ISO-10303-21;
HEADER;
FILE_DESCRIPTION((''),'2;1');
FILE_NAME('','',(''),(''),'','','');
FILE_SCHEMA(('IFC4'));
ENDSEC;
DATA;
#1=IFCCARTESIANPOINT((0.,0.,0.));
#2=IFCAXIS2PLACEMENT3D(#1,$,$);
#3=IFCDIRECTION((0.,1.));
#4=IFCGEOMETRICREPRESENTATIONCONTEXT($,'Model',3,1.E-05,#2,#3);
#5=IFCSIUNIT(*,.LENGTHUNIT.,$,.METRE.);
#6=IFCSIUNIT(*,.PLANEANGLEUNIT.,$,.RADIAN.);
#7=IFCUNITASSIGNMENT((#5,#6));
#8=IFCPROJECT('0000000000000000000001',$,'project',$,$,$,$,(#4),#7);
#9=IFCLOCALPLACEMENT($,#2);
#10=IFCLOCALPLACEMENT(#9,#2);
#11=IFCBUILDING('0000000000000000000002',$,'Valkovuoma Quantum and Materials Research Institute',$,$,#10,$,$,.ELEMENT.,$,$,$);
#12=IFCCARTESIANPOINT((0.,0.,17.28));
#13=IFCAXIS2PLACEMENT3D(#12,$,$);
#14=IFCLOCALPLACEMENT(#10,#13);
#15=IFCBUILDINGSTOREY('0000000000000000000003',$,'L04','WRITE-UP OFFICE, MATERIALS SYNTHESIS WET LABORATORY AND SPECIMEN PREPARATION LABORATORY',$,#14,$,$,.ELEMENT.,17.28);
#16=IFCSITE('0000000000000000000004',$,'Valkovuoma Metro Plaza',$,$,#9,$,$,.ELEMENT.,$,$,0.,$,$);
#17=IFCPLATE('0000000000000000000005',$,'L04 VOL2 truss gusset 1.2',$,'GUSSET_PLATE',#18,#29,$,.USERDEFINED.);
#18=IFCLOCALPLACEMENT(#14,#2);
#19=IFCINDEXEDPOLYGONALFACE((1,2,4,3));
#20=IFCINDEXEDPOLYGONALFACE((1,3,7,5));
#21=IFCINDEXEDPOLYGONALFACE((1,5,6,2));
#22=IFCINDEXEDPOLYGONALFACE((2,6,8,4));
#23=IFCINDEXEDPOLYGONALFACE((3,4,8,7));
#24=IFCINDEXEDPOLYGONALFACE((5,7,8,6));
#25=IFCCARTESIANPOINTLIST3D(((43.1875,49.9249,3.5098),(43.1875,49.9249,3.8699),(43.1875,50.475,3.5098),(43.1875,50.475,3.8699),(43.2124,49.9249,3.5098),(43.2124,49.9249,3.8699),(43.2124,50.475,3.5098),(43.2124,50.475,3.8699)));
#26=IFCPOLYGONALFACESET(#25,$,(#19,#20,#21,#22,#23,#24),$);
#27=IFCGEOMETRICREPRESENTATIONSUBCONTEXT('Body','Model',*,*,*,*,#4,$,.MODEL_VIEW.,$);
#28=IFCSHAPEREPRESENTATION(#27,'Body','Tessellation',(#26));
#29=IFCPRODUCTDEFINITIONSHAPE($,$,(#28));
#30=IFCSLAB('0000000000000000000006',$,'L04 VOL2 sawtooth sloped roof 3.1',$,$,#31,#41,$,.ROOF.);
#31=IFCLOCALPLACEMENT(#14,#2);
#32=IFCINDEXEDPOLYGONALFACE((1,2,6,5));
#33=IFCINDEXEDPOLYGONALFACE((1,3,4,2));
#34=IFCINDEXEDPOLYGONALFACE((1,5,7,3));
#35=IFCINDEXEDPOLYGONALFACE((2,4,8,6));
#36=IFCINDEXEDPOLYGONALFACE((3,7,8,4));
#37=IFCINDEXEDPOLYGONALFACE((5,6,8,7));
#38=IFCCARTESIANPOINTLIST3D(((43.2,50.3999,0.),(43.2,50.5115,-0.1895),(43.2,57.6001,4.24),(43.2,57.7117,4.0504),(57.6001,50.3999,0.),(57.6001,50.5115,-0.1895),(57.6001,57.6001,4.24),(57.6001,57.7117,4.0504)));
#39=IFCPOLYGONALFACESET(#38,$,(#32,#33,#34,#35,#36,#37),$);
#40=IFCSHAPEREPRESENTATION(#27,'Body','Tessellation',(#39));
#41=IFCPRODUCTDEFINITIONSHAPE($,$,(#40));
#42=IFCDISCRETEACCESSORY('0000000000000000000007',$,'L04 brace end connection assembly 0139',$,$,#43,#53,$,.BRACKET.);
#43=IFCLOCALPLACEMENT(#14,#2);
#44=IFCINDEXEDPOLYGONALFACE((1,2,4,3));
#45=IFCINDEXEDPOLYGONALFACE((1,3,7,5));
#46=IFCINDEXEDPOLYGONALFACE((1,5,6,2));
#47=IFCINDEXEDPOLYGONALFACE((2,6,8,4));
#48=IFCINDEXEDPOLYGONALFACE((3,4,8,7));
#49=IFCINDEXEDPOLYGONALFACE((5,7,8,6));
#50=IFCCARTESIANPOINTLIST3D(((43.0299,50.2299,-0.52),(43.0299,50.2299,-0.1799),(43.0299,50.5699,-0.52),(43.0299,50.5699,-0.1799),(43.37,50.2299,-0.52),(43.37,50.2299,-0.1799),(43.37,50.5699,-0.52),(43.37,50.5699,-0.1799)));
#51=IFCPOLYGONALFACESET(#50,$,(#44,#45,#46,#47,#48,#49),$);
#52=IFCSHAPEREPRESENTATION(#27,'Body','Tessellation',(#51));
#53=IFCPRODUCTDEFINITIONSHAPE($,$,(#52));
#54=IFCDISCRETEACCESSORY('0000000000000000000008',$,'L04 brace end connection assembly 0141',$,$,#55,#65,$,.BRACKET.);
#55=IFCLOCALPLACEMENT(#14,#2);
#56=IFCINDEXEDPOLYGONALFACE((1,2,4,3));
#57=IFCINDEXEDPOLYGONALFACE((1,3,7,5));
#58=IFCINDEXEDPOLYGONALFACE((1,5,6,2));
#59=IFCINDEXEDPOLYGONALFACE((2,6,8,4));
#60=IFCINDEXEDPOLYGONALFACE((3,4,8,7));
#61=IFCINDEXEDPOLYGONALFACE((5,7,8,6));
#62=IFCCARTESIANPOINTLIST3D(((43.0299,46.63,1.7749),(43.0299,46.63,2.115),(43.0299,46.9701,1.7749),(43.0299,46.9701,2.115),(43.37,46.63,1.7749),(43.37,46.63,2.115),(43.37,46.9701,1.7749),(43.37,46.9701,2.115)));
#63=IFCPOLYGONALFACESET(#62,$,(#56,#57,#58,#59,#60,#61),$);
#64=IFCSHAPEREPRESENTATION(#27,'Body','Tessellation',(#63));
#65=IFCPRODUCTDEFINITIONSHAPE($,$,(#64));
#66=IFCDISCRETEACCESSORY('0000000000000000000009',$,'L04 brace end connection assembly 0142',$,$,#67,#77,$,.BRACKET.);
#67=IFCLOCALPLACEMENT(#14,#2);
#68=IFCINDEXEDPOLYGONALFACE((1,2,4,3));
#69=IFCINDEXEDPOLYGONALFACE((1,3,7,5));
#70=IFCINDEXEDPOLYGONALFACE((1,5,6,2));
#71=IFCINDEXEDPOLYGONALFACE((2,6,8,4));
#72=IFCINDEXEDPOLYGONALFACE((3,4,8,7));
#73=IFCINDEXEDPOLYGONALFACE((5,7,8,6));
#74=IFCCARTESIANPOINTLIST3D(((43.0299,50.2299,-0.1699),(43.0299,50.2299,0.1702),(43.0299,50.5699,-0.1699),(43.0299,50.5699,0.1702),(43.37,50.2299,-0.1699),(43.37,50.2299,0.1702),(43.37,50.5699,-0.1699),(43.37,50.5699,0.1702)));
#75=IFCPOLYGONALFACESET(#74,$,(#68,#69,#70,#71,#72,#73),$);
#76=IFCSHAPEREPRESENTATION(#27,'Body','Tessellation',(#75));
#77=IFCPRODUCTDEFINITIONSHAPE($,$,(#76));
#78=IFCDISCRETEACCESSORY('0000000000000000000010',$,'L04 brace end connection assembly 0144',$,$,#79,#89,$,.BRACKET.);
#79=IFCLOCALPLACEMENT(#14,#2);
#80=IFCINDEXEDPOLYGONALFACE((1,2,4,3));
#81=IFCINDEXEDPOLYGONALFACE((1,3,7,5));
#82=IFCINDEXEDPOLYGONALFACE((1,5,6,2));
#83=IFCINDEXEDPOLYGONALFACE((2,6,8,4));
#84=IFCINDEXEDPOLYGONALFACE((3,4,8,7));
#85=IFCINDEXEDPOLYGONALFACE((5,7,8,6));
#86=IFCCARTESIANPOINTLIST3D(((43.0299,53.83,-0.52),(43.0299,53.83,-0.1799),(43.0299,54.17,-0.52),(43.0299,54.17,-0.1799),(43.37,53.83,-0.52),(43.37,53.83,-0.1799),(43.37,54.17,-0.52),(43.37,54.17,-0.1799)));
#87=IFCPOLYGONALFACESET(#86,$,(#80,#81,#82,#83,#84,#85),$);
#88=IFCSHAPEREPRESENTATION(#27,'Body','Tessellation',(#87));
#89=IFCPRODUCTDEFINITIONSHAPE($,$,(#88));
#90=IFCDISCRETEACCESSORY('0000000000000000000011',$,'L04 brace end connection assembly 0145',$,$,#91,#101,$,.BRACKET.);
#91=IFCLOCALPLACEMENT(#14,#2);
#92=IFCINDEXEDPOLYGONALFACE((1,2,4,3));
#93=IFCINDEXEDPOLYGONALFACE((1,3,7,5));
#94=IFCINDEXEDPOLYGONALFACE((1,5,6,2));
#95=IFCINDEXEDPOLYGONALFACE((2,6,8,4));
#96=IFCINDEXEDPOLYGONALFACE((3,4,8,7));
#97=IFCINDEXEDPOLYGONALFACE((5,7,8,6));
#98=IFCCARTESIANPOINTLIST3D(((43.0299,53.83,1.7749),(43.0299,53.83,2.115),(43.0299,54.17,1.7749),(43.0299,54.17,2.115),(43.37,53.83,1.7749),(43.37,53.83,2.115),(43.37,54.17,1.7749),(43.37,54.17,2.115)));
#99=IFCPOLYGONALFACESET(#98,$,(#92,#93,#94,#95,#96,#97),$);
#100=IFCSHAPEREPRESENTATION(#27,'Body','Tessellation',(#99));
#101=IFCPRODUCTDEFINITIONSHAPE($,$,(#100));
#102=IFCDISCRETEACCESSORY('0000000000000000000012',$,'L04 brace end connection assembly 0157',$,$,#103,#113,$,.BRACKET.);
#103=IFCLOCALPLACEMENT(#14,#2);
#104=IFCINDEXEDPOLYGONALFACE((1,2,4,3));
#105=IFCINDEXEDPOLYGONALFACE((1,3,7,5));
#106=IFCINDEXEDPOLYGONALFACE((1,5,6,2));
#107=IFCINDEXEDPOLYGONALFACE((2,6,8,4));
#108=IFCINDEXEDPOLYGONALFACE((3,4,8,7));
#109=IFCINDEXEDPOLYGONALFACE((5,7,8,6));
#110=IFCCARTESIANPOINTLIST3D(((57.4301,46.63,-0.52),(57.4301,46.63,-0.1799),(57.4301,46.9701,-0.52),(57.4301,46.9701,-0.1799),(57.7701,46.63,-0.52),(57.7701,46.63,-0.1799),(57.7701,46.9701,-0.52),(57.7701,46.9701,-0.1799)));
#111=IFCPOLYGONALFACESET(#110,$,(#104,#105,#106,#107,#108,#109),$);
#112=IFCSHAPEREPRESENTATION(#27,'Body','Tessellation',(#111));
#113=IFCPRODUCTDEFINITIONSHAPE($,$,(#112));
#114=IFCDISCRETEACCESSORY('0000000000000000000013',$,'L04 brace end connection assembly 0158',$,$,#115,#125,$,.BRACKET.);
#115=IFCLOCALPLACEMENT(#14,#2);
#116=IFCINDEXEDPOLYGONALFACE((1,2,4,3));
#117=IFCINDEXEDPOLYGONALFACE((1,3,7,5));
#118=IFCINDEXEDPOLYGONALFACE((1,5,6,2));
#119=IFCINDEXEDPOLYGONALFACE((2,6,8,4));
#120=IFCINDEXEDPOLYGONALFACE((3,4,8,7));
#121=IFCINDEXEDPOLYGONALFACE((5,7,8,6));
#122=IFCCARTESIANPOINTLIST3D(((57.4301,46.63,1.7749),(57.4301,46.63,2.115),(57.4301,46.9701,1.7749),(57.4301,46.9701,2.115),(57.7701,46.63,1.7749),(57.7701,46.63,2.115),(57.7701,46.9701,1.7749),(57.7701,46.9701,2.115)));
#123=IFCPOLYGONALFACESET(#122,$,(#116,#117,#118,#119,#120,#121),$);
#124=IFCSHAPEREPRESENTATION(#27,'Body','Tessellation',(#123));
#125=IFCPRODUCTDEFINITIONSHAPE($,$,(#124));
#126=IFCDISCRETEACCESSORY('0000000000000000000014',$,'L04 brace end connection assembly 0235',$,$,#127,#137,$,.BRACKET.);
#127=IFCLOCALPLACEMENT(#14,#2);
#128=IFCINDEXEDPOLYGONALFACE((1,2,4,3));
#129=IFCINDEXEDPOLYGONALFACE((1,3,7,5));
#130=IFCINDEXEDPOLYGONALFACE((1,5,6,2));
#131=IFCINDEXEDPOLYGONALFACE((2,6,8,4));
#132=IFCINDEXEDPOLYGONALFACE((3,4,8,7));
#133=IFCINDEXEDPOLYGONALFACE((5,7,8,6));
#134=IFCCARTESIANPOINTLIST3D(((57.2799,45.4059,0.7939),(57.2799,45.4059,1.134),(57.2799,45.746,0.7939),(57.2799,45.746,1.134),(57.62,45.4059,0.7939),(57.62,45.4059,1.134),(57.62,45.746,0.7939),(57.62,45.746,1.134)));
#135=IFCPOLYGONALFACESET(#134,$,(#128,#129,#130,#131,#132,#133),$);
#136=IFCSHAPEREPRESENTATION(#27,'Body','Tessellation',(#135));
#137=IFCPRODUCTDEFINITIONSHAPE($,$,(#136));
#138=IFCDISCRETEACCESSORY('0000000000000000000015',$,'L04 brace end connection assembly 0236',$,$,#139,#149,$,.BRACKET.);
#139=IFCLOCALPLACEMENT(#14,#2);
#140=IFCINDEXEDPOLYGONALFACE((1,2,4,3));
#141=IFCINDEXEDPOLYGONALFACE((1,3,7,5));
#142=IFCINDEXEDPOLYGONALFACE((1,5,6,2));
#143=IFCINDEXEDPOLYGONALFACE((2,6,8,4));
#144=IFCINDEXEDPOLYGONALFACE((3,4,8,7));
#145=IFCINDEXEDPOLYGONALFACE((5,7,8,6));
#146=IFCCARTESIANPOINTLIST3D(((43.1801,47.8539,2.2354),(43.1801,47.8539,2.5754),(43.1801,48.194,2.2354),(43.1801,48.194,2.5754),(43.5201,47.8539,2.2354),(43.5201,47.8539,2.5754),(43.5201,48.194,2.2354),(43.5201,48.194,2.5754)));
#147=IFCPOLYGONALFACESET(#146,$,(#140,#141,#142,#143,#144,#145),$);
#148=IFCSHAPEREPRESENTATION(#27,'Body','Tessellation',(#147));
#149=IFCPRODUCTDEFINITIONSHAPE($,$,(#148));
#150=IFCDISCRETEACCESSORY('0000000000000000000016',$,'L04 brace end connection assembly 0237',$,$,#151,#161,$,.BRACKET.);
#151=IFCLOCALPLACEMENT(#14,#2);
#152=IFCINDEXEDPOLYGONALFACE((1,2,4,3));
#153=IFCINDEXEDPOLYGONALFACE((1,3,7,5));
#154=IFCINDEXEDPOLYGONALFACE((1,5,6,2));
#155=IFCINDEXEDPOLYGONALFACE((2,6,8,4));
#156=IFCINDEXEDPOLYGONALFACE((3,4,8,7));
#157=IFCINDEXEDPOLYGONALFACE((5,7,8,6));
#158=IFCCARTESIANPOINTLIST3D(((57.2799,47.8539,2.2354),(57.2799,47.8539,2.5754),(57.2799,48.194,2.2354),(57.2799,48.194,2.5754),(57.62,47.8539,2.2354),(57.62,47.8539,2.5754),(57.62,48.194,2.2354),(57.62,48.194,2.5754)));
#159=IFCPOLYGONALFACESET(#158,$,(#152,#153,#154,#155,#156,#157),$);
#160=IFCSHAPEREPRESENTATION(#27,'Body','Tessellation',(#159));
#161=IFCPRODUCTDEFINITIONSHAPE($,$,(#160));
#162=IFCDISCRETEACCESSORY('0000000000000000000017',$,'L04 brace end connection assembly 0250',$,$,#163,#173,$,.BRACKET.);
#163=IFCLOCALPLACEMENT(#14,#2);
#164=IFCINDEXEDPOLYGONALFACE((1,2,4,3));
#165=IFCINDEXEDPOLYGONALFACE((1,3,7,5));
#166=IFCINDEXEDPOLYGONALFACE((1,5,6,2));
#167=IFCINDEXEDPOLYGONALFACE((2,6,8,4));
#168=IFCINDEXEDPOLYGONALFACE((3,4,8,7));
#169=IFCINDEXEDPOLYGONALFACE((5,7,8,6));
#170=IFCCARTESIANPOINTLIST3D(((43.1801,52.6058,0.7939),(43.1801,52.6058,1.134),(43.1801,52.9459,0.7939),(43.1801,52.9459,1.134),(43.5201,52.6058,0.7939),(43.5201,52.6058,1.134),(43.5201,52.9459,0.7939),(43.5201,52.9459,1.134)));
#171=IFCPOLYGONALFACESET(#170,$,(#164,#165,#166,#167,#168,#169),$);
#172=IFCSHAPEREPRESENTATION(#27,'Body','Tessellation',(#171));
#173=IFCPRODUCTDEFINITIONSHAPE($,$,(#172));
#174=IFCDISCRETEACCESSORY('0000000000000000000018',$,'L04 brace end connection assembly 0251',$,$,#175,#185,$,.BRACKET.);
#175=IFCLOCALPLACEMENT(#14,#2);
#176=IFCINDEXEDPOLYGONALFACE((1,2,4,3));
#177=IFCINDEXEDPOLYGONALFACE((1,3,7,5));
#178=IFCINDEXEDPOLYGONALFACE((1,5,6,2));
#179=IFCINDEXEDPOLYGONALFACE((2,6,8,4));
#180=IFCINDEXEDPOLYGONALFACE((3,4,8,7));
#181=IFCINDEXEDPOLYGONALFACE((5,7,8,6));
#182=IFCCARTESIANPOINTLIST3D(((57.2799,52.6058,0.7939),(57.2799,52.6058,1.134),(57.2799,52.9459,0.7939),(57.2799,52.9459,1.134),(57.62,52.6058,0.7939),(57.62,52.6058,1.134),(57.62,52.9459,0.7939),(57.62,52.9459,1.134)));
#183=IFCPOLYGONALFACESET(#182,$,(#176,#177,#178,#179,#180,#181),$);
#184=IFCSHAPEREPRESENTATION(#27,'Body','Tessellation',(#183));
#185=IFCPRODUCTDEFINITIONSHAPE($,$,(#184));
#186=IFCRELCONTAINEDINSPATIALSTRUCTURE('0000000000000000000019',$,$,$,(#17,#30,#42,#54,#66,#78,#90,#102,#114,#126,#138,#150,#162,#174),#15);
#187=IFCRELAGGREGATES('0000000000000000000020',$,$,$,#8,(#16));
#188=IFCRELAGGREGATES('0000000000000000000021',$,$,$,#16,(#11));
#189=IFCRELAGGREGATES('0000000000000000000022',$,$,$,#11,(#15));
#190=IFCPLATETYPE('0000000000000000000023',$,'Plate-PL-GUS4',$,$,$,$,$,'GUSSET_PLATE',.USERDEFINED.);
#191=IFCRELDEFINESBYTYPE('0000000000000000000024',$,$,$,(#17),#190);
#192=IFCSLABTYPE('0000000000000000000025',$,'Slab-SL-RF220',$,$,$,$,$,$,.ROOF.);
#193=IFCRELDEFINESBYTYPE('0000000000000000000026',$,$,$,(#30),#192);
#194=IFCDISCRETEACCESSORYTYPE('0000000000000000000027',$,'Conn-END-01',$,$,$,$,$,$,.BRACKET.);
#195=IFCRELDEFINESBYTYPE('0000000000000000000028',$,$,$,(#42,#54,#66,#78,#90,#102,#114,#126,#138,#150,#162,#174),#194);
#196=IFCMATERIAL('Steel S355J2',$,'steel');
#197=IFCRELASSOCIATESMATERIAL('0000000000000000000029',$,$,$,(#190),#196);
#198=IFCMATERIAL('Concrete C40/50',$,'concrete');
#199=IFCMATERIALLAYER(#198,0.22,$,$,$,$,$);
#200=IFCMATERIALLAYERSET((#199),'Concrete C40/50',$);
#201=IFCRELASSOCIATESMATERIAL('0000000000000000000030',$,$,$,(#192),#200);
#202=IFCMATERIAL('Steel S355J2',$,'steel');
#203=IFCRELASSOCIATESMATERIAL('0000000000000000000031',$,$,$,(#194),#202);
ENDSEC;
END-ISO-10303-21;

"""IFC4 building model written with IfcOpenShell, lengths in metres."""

from ifc_helpers import new_model, si_unit, direction, frame, origin, origin_2d, place, context, subcontext, project, spatial, polyline, rectangle, outline, extrude, material, layer, layer_set, type_object, element, save


model = new_model("IFC4")

# Units and contexts
model_context = context("Model", 3, precision=1e-05, world=origin(), true_north=direction((0.0, 1.0)))
body_context = subcontext(model_context, "Body", "Model", "MODEL_VIEW")
ifc_project = project(units=[si_unit("LENGTHUNIT", "METRE"), si_unit("PLANEANGLEUNIT", "RADIAN")], contexts=[model_context])

# Site, building, storey
site_placement = place(None, origin())
site = spatial("IfcSite", under=ifc_project, at=site_placement, Name="Valkovuoma Metro Plaza", CompositionType="ELEMENT", RefElevation=0.0)
building_placement = place(site_placement, origin())
building = spatial("IfcBuilding", under=site, at=building_placement, Name="Valkovuoma Quantum and Materials Research Institute", CompositionType="ELEMENT")
storey_placement = place(building_placement, frame((0.0, 0.0, 17.28)))
storey = spatial("IfcBuildingStorey", under=building, at=storey_placement, Name="L04", Description="WRITE-UP OFFICE, MATERIALS SYNTHESIS WET LABORATORY AND SPECIMEN PREPARATION LABORATORY", CompositionType="ELEMENT", Elevation=17.28)

# Plate
ifc_material_1 = material(Name="Steel S355J2", Category="steel")
plate_type_1 = type_object("IfcPlateType", Name="Plate-PL-GUS4", ElementType="GUSSET_PLATE", PredefinedType="USERDEFINED", material=ifc_material_1)
plate_1_placement = place(storey_placement, frame((43.2, 50.2, 3.5098), z_axis=(0.0, 0.0, 1.0), x_axis=(0.0, 1.0, 0.0)))
element("IfcPlate", 1, at=plate_1_placement, inside=storey, type_object=plate_type_1, Name="L04 VOL2 truss gusset 1.2", ObjectType="GUSSET_PLATE", PredefinedType="USERDEFINED", context=body_context, shape_type="SweptSolid", body=[
    extrude(rectangle(XDim=0.55, YDim=0.0249, at=origin_2d()), origin(), (0.0, 0.0, 1.0), 0.3601),
])

# Slab
ifc_material_2 = material(Name="Concrete C40/50", Category="concrete")
ifc_layer = layer(ifc_material_2, 0.22)
ifc_layer_set = layer_set([ifc_layer], Name="Concrete C40/50")
slab_type = type_object("IfcSlabType", Name="Slab-SL-RF220", PredefinedType="ROOF", material=ifc_layer_set)
slab_placement = place(storey_placement, frame((43.2, 50.3999, 0.0), z_axis=(0.0, -0.507427, 0.861695), x_axis=(1.0, 0.0, 0.0)))
element("IfcSlab", 2, at=slab_placement, inside=storey, type_object=slab_type, Name="L04 VOL2 sawtooth sloped roof 3.1", PredefinedType="ROOF", context=body_context, shape_type="SweptSolid", body=[
    extrude(outline(polyline([(0.0, 0.0), (14.4001, 0.0), (14.4001, 8.3559), (0.0, 8.3559), (0.0, 0.0)])), origin(), (0.0, 0.0, -1.0), 0.22),
])

# Discrete accessories
ifc_material_3 = material(Name="Steel S355J2", Category="steel")
discrete_accessory_type = type_object("IfcDiscreteAccessoryType", Name="Conn-END-01", PredefinedType="BRACKET", material=ifc_material_3)
for number, where, z_axis, x_axis, name in (
    (3, (43.2, 50.3999, -0.52), (0.0, 0.0, 1.0), (1.0, 0.0, 0.0), "L04 brace end connection assembly 0139"),
    (4, (43.2, 46.8, 1.7749), (0.0, 0.0, 1.0), (1.0, 0.0, 0.0), "L04 brace end connection assembly 0141"),
    (5, (43.2, 50.3999, -0.1699), (0.0, 0.0, 1.0), (1.0, 0.0, 0.0), "L04 brace end connection assembly 0142"),
    (6, (43.2, 54.0, -0.52), (0.0, 0.0, 1.0), (1.0, 0.0, 0.0), "L04 brace end connection assembly 0144"),
    (7, (43.2, 54.0, 1.7749), (0.0, 0.0, 1.0), (1.0, 0.0, 0.0), "L04 brace end connection assembly 0145"),
    (8, (57.6001, 46.8, -0.52), (0.0, 0.0, 1.0), (1.0, 0.0, 0.0), "L04 brace end connection assembly 0157"),
    (9, (57.6001, 46.8, 1.7749), (0.0, 0.0, 1.0), (1.0, 0.0, 0.0), "L04 brace end connection assembly 0158"),
    (10, (57.45, 45.5759, 0.7939), (0.0, 0.0, 1.0), (1.0, 0.0, 0.0), "L04 brace end connection assembly 0235"),
    (11, (43.3501, 48.0239, 2.2354), (0.0, 0.0, 1.0), (1.0, 0.0, 0.0), "L04 brace end connection assembly 0236"),
    (12, (57.45, 48.0239, 2.2354), (0.0, 0.0, 1.0), (1.0, 0.0, 0.0), "L04 brace end connection assembly 0237"),
    (13, (43.3501, 52.7759, 0.7939), (0.0, 0.0, 1.0), (1.0, 0.0, 0.0), "L04 brace end connection assembly 0250"),
    (14, (57.45, 52.7759, 0.7939), (0.0, 0.0, 1.0), (1.0, 0.0, 0.0), "L04 brace end connection assembly 0251"),
):
    element("IfcDiscreteAccessory", number, at=place(storey_placement, frame(where, z_axis=z_axis, x_axis=x_axis)), inside=storey, type_object=discrete_accessory_type, Name=name, PredefinedType="BRACKET", context=body_context, shape_type="SweptSolid", body=[
        extrude(rectangle(XDim=0.3401, YDim=0.3401, at=origin_2d()), origin(), (0.0, 0.0, 1.0), 0.3401),
    ])

save(model, "model.ifc")
